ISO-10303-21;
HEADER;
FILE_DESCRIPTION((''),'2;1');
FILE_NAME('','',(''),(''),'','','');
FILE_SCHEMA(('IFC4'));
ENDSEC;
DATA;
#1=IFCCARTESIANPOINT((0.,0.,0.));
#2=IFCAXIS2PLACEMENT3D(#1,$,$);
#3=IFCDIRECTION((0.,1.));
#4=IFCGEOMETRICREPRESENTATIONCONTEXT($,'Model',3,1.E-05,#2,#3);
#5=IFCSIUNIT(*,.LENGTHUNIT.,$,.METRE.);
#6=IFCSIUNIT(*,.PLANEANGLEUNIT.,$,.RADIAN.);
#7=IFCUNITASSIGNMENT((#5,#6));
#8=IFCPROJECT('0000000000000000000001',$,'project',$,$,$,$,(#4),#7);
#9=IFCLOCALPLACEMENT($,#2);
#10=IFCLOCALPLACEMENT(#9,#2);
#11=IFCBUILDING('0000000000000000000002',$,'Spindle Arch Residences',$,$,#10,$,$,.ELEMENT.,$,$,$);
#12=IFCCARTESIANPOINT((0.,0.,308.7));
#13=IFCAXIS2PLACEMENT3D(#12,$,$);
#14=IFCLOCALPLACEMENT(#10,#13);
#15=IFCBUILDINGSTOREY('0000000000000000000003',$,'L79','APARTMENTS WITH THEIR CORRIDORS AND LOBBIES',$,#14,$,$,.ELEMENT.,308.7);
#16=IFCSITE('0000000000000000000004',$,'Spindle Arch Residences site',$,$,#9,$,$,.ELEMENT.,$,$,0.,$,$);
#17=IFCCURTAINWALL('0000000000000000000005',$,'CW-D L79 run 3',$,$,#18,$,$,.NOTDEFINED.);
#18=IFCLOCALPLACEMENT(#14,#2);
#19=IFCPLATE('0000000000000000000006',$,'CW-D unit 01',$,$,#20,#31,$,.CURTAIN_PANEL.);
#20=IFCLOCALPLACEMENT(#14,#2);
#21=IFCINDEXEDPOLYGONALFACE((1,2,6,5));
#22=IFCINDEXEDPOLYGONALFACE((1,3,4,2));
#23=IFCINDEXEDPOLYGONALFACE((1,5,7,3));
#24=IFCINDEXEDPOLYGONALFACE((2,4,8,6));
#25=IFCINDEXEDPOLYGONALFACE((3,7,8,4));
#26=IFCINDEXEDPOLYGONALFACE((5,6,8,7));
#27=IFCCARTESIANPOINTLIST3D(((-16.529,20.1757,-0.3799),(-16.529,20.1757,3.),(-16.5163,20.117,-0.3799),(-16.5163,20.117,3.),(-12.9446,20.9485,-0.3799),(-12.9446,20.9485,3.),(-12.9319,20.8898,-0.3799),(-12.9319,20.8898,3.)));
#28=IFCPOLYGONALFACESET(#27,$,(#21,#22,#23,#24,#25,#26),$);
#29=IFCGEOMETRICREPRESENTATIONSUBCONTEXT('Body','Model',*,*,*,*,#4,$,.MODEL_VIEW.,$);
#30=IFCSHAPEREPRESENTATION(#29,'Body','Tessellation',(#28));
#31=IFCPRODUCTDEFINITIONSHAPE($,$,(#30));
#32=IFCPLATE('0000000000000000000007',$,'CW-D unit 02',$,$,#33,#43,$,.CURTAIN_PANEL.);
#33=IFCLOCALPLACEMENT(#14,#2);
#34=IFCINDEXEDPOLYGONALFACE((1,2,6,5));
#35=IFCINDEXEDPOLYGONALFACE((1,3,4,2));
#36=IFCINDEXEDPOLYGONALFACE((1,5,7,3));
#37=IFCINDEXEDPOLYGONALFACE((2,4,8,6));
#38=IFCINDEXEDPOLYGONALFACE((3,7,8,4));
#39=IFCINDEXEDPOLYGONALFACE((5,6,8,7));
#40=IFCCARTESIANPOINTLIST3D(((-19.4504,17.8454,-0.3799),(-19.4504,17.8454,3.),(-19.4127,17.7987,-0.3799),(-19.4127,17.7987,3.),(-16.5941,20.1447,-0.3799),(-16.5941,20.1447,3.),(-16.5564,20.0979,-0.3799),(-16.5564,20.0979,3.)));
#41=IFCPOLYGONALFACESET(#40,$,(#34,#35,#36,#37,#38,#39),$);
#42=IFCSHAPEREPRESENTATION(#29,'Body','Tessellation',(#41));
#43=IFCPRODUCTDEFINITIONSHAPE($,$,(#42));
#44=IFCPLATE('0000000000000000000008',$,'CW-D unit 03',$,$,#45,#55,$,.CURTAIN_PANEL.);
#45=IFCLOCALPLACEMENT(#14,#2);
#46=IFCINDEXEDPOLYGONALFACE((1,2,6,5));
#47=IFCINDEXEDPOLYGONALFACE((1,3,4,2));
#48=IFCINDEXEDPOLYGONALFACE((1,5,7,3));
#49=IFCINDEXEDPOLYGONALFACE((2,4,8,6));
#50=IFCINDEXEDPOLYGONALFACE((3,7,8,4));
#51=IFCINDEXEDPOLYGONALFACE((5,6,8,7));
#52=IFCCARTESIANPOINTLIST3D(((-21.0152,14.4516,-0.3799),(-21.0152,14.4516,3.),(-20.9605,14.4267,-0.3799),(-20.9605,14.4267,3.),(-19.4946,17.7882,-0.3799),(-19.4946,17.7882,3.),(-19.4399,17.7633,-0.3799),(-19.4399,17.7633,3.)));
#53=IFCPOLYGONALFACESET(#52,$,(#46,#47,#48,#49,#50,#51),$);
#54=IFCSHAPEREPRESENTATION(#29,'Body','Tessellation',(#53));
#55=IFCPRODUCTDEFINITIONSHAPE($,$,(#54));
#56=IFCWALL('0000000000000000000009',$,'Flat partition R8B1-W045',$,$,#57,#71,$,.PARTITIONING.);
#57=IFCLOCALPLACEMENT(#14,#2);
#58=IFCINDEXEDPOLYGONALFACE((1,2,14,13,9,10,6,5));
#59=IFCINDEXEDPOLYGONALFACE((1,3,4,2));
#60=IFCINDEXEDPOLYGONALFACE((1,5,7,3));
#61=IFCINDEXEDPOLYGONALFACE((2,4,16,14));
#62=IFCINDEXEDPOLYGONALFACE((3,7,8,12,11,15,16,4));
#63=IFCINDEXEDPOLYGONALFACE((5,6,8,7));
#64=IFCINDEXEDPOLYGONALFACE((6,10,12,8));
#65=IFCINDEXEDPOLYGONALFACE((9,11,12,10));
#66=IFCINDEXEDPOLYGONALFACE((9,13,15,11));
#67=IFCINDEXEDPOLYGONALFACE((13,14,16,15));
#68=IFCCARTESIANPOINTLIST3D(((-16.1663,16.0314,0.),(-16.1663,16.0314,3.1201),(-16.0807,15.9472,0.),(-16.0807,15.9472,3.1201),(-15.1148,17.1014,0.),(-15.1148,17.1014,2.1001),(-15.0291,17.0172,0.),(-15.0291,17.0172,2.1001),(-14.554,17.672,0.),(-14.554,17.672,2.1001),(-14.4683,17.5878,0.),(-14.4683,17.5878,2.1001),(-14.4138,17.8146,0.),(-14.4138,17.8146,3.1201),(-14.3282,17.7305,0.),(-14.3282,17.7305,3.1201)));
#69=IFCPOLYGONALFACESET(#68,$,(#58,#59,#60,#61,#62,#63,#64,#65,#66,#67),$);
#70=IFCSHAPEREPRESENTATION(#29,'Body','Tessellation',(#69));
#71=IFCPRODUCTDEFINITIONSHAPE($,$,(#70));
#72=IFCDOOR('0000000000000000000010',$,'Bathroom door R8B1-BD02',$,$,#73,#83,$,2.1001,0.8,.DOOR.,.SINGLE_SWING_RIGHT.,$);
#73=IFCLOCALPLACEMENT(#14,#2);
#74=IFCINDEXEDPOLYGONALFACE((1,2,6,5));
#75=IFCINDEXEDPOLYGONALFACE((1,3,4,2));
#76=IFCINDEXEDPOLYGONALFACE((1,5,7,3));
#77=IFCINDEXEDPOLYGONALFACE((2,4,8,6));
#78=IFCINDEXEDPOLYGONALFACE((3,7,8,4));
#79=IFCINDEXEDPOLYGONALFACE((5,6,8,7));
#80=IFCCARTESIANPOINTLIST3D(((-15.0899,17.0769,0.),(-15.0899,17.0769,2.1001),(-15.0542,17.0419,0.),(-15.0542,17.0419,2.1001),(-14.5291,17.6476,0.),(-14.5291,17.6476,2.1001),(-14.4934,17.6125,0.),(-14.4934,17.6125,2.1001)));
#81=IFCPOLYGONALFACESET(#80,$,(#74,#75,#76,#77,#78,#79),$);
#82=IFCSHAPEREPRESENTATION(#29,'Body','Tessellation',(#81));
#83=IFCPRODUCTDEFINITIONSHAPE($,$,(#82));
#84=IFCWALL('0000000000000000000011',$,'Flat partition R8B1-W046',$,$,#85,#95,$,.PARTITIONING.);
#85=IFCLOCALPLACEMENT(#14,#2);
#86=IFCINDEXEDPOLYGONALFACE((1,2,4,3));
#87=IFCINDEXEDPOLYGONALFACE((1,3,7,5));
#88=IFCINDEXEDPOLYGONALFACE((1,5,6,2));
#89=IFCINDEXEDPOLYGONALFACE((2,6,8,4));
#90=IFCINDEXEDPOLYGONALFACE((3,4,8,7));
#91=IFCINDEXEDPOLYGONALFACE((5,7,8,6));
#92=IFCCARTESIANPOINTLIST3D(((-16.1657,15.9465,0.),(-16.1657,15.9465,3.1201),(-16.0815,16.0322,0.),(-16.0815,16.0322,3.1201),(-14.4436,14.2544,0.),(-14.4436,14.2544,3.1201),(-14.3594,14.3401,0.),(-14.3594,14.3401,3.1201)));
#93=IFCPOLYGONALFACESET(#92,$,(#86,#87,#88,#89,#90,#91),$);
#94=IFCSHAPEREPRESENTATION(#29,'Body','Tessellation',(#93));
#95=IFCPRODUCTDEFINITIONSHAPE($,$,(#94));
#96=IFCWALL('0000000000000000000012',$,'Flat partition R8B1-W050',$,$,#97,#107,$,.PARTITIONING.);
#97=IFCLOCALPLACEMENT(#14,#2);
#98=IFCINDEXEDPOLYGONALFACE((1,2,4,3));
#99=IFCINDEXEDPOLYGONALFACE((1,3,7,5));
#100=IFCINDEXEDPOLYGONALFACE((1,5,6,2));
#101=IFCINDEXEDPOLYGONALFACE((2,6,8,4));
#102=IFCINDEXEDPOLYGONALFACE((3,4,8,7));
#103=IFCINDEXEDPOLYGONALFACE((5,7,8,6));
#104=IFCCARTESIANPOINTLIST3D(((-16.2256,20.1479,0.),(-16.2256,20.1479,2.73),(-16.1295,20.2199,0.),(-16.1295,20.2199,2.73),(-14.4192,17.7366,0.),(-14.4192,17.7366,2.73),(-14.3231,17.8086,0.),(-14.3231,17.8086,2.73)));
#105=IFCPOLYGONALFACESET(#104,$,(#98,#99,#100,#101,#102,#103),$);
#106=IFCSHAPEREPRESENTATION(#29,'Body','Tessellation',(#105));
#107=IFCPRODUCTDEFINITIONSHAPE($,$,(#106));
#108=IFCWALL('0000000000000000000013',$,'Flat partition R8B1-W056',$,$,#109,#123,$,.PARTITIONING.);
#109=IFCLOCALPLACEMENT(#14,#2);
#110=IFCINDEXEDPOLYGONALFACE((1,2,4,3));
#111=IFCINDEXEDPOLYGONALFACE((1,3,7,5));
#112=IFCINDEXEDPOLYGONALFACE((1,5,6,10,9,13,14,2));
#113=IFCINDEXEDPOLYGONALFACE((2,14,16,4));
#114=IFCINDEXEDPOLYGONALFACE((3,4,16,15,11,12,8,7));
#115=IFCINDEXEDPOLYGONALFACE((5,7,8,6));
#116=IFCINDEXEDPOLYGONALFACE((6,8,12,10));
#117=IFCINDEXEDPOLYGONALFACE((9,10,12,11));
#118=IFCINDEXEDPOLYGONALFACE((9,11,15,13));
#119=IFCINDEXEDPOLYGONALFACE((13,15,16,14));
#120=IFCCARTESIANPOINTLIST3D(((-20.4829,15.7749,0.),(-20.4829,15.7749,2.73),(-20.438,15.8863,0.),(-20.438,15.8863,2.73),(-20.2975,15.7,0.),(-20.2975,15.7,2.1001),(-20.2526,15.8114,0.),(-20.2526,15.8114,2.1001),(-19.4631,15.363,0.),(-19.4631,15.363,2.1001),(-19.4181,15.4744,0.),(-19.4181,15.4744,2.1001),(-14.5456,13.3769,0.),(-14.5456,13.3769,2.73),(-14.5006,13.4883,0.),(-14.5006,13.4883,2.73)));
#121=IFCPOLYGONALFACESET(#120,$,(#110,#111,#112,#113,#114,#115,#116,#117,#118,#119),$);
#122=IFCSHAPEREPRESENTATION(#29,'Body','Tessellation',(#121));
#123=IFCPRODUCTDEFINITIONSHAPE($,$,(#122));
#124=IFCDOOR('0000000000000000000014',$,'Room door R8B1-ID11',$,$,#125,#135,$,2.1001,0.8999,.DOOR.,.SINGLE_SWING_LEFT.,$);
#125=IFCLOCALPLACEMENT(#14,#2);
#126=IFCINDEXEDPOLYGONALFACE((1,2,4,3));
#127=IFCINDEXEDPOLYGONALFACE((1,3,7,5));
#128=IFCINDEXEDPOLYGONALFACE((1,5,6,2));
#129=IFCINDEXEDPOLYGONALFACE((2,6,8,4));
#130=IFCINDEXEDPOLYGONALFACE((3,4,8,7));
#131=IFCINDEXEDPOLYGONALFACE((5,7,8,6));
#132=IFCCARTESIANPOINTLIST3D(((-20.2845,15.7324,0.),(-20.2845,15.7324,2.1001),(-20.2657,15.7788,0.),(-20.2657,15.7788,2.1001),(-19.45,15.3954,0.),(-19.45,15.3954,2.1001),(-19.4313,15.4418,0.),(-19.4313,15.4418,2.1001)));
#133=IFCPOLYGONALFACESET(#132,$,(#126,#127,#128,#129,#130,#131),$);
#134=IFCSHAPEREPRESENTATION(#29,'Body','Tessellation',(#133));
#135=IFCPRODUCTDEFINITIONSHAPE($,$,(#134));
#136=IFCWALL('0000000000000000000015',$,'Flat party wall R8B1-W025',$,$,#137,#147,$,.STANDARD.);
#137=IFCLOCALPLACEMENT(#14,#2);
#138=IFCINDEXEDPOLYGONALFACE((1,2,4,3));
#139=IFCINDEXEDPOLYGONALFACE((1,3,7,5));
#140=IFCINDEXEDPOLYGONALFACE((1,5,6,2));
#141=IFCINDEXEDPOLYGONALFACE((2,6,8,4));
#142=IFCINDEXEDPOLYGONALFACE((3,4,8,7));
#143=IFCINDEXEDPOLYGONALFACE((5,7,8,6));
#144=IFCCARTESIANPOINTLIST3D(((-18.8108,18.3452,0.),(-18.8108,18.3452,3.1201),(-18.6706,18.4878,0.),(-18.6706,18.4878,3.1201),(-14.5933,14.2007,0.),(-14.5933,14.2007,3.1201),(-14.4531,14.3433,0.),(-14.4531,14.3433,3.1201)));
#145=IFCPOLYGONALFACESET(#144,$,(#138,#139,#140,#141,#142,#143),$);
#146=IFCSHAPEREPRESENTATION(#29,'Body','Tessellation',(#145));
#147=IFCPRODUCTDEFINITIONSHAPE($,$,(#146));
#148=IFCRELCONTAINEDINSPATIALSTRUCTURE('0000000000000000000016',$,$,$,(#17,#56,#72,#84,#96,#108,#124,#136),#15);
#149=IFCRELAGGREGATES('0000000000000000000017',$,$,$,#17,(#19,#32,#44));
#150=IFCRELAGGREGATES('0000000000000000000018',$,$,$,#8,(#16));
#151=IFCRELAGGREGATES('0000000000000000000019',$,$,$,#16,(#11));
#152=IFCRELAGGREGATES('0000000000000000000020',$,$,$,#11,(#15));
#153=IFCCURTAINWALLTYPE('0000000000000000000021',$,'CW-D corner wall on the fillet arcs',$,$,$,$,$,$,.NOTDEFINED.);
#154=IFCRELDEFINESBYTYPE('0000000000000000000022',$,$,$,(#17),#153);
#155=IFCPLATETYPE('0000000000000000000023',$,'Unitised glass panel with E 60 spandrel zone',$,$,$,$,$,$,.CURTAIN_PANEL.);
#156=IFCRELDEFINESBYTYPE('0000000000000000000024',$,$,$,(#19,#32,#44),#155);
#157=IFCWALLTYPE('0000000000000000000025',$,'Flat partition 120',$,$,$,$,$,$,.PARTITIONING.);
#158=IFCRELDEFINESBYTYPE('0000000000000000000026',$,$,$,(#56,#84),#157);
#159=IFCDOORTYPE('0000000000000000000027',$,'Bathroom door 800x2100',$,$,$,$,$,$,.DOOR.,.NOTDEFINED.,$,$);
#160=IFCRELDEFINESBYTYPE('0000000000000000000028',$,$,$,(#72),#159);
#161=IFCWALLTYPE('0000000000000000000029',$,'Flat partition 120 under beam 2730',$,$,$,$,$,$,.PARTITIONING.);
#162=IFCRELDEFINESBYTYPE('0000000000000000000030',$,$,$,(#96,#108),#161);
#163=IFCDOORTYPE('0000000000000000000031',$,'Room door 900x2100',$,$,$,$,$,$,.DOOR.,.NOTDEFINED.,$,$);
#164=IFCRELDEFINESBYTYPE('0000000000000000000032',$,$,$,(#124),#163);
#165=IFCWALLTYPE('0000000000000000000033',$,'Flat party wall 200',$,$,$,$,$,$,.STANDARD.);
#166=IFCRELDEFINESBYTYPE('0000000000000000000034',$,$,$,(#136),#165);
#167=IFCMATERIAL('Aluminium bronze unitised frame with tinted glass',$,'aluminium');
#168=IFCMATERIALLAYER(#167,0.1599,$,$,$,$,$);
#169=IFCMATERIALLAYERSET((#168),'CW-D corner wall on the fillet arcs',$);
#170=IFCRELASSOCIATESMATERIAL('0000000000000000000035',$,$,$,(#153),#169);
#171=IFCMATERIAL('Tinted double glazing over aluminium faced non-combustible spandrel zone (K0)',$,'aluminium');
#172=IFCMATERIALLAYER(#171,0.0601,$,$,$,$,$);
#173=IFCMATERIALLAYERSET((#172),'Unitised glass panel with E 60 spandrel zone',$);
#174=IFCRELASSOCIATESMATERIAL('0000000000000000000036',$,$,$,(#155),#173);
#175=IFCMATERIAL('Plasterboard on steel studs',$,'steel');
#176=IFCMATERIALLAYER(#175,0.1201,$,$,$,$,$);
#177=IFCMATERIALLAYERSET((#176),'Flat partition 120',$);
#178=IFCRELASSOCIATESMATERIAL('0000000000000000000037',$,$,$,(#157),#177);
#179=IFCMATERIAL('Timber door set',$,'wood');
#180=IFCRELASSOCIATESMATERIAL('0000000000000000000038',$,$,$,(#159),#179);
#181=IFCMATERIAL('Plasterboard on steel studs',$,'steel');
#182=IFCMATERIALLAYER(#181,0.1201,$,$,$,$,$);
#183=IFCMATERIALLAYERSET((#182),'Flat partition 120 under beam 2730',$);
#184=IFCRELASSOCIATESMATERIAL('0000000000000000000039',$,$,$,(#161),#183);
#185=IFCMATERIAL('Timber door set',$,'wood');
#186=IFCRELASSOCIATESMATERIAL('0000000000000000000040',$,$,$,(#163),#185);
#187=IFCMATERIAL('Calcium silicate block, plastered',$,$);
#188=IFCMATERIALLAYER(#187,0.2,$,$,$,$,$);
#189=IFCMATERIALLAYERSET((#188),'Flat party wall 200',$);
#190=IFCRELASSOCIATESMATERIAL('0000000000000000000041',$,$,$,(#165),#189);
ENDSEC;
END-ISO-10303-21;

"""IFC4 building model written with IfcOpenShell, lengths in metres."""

from ifc_helpers import new_model, si_unit, direction, frame, frame_2d, origin, origin_2d, place, context, subcontext, project, spatial, rectangle, extrude, material, layer, layer_set, type_object, element, fill, aggregate, save


model = new_model("IFC4")

# Units and contexts
model_context = context("Model", 3, precision=1e-05, world=origin(), true_north=direction((0.0, 1.0)))
body_context = subcontext(model_context, "Body", "Model", "MODEL_VIEW")
ifc_project = project(units=[si_unit("LENGTHUNIT", "METRE"), si_unit("PLANEANGLEUNIT", "RADIAN")], contexts=[model_context])

# Site, building, storey
site_placement = place(None, origin())
site = spatial("IfcSite", under=ifc_project, at=site_placement, Name="Spindle Arch Residences site", CompositionType="ELEMENT", RefElevation=0.0)
building_placement = place(site_placement, origin())
building = spatial("IfcBuilding", under=site, at=building_placement, Name="Spindle Arch Residences", CompositionType="ELEMENT")
storey_placement = place(building_placement, frame((0.0, 0.0, 308.7)))
storey = spatial("IfcBuildingStorey", under=building, at=storey_placement, Name="L79", Description="APARTMENTS WITH THEIR CORRIDORS AND LOBBIES", CompositionType="ELEMENT", Elevation=308.7)

# Curtain wall
ifc_material_1 = material(Name="Aluminium bronze unitised frame with tinted glass", Category="aluminium")
ifc_layer_1 = layer(ifc_material_1, 0.1599)
ifc_layer_set_1 = layer_set([ifc_layer_1], Name="CW-D corner wall on the fillet arcs")
curtain_wall_type = type_object("IfcCurtainWallType", Name="CW-D corner wall on the fillet arcs", PredefinedType="NOTDEFINED", material=ifc_layer_set_1)
curtain_wall_placement = place(storey_placement, origin())
curtain_wall = element("IfcCurtainWall", 1, at=curtain_wall_placement, inside=storey, type_object=curtain_wall_type, Name="CW-D L79 run 3", PredefinedType="NOTDEFINED")

# Plates
ifc_material_2 = material(Name="Tinted double glazing over aluminium faced non-combustible spandrel zone (K0)", Category="aluminium")
ifc_layer_2 = layer(ifc_material_2, 0.0601)
ifc_layer_set_2 = layer_set([ifc_layer_2], Name="Unitised glass panel with E 60 spandrel zone")
plate_type = type_object("IfcPlateType", Name="Unitised glass panel with E 60 spandrel zone", PredefinedType="CURTAIN_PANEL", material=ifc_layer_set_2)
plate_1_placement = place(storey_placement, frame((-14.7305, 20.5327, -0.3799), z_axis=(0.0, 0.0, 1.0), x_axis=(-0.977539, -0.210756, 0.0)))
plate_1 = element("IfcPlate", 2, at=plate_1_placement, type_object=plate_type, Name="CW-D unit 01", PredefinedType="CURTAIN_PANEL", context=body_context, shape_type="SweptSolid", body=[
    extrude(rectangle(XDim=3.6667, YDim=0.0601, at=origin_2d()), origin(), (0.0, 0.0, 1.0), 3.3799),
])
plate_2_placement = place(storey_placement, frame((-18.0034, 18.9717, -0.3799), z_axis=(0.0, 0.0, 1.0), x_axis=(-0.778973, -0.627057, 0.0)))
plate_2 = element("IfcPlate", 3, at=plate_2_placement, type_object=plate_type, Name="CW-D unit 02", PredefinedType="CURTAIN_PANEL", context=body_context, shape_type="SweptSolid", body=[
    extrude(rectangle(XDim=3.6667, YDim=0.0601, at=origin_2d()), origin(), (0.0, 0.0, 1.0), 3.3799),
])
plate_3_placement = place(storey_placement, frame((-20.2275, 16.1074, -0.3799), z_axis=(0.0, 0.0, 1.0), x_axis=(-0.414693, -0.909961, 0.0)))
plate_3 = element("IfcPlate", 4, at=plate_3_placement, type_object=plate_type, Name="CW-D unit 03", PredefinedType="CURTAIN_PANEL", context=body_context, shape_type="SweptSolid", body=[
    extrude(rectangle(XDim=3.6667, YDim=0.0601, at=origin_2d()), origin(), (0.0, 0.0, 1.0), 3.3799),
])
aggregate(curtain_wall, [plate_1, plate_2, plate_3])

# Wall, opening, door
ifc_material_3 = material(Name="Plasterboard on steel studs", Category="steel")
ifc_layer_3 = layer(ifc_material_3, 0.1201)
ifc_layer_set_3 = layer_set([ifc_layer_3], Name="Flat partition 120")
wall_type_1 = type_object("IfcWallType", Name="Flat partition 120", PredefinedType="PARTITIONING", material=ifc_layer_set_3)
wall_1_placement = place(storey_placement, frame((-14.3711, 17.7725, 0.0), z_axis=(0.0, 0.0, 1.0), x_axis=(-0.700928, -0.713232, 0.0)))
wall_1 = element("IfcWall", 5, at=wall_1_placement, inside=storey, type_object=wall_type_1, Name="Flat partition R8B1-W045", PredefinedType="PARTITIONING", context=body_context, shape_type="SweptSolid", body=[
    extrude(rectangle(XDim=2.5002, YDim=0.1201, at=frame_2d((1.25, 0.0))), origin(), (0.0, 0.0, 1.0), 3.1201),
])
opening_1_placement = place(wall_1_placement, frame((0.2, 0.0, 0.0)))
opening_1 = element("IfcOpeningElement", 6, at=opening_1_placement, cuts=wall_1, PredefinedType="OPENING", context=body_context, shape_type="SweptSolid", body=[
    extrude(rectangle(XDim=0.8, YDim=2.1001, at=frame_2d((0.3999, 1.05))), frame((0.0, 0.0701, 0.0), z_axis=(0.0, -1.0, 0.0), x_axis=(1.0, 0.0, 0.0)), (0.0, 0.0, 1.0), 0.1401),
])
ifc_material_4 = material(Name="Timber door set", Category="wood")
door_type_1 = type_object("IfcDoorType", Name="Bathroom door 800x2100", OperationType="NOTDEFINED", PredefinedType="DOOR", material=ifc_material_4)
door_1_placement = place(opening_1_placement, origin())
door_1 = element("IfcDoor", 7, at=door_1_placement, inside=storey, type_object=door_type_1, Name="Bathroom door R8B1-BD02", OperationType="SINGLE_SWING_RIGHT", OverallHeight=2.1001, OverallWidth=0.8, PredefinedType="DOOR", context=body_context, shape_type="SweptSolid", body=[
    extrude(rectangle(XDim=0.8, YDim=2.1001, at=frame_2d((0.3999, 1.05))), frame((0.0, 0.0249, 0.0), z_axis=(0.0, -1.0, 0.0), x_axis=(1.0, 0.0, 0.0)), (0.0, 0.0, 1.0), 0.05),
])
fill(opening_1, door_1)

# Walls
wall_2_placement = place(storey_placement, frame((-16.1235, 15.9893, 0.0), z_axis=(0.0, 0.0, 1.0), x_axis=(0.713298, -0.700861, 0.0)))
element("IfcWall", 8, at=wall_2_placement, inside=storey, type_object=wall_type_1, Name="Flat partition R8B1-W046", PredefinedType="PARTITIONING", context=body_context, shape_type="SweptSolid", body=[
    extrude(rectangle(XDim=2.4143, YDim=0.1201, at=frame_2d((1.207, 0.0))), origin(), (0.0, 0.0, 1.0), 3.1201),
])
ifc_material_5 = material(Name="Plasterboard on steel studs", Category="steel")
ifc_layer_4 = layer(ifc_material_5, 0.1201)
ifc_layer_set_4 = layer_set([ifc_layer_4], Name="Flat partition 120 under beam 2730")
wall_type_2 = type_object("IfcWallType", Name="Flat partition 120 under beam 2730", PredefinedType="PARTITIONING", material=ifc_layer_set_4)
wall_3_placement = place(storey_placement, frame((-16.1775, 20.1838, 0.0), z_axis=(0.0, 0.0, 1.0), x_axis=(0.599546, -0.80034, 0.0)))
element("IfcWall", 9, at=wall_3_placement, inside=storey, type_object=wall_type_2, Name="Flat partition R8B1-W050", PredefinedType="PARTITIONING", context=body_context, shape_type="SweptSolid", body=[
    extrude(rectangle(XDim=3.0129, YDim=0.1201, at=frame_2d((1.5063, 0.0))), origin(), (0.0, 0.0, 1.0), 2.73),
])

# Wall, opening, door
wall_4_placement = place(storey_placement, frame((-20.4604, 15.8306, 0.0), z_axis=(0.0, 0.0, 1.0), x_axis=(0.92723, -0.374491, 0.0)))
wall_4 = element("IfcWall", 10, at=wall_4_placement, inside=storey, type_object=wall_type_2, Name="Flat partition R8B1-W056", PredefinedType="PARTITIONING", context=body_context, shape_type="SweptSolid", body=[
    extrude(rectangle(XDim=6.4033, YDim=0.1201, at=frame_2d((3.2017, 0.0))), origin(), (0.0, 0.0, 1.0), 2.73),
])
opening_2_placement = place(wall_4_placement, frame((0.2, 0.0, 0.0)))
opening_2 = element("IfcOpeningElement", 11, at=opening_2_placement, cuts=wall_4, PredefinedType="OPENING", context=body_context, shape_type="SweptSolid", body=[
    extrude(rectangle(XDim=0.8999, YDim=2.1001, at=frame_2d((0.45, 1.05))), frame((0.0, 0.0701, 0.0), z_axis=(0.0, -1.0, 0.0), x_axis=(1.0, 0.0, 0.0)), (0.0, 0.0, 1.0), 0.1401),
])
ifc_material_6 = material(Name="Timber door set", Category="wood")
door_type_2 = type_object("IfcDoorType", Name="Room door 900x2100", OperationType="NOTDEFINED", PredefinedType="DOOR", material=ifc_material_6)
door_2_placement = place(opening_2_placement, origin())
door_2 = element("IfcDoor", 12, at=door_2_placement, inside=storey, type_object=door_type_2, Name="Room door R8B1-ID11", OperationType="SINGLE_SWING_LEFT", OverallHeight=2.1001, OverallWidth=0.8999, PredefinedType="DOOR", context=body_context, shape_type="SweptSolid", body=[
    extrude(rectangle(XDim=0.8999, YDim=2.1001, at=frame_2d((0.45, 1.05))), frame((0.0, 0.0249, 0.0), z_axis=(0.0, -1.0, 0.0), x_axis=(1.0, 0.0, 0.0)), (0.0, 0.0, 1.0), 0.05),
])
fill(opening_2, door_2)

# Wall
ifc_material_7 = material(Name="Calcium silicate block, plastered")
ifc_layer_5 = layer(ifc_material_7, 0.2)
ifc_layer_set_5 = layer_set([ifc_layer_5], Name="Flat party wall 200")
wall_type_3 = type_object("IfcWallType", Name="Flat party wall 200", PredefinedType="STANDARD", material=ifc_layer_set_5)
wall_5_placement = place(storey_placement, frame((-18.7407, 18.4165, 0.0), z_axis=(0.0, 0.0, 1.0), x_axis=(0.713252, -0.700907, 0.0)))
element("IfcWall", 13, at=wall_5_placement, inside=storey, type_object=wall_type_3, Name="Flat party wall R8B1-W025", PredefinedType="STANDARD", context=body_context, shape_type="SweptSolid", body=[
    extrude(rectangle(XDim=5.9131, YDim=0.2, at=frame_2d((2.9565, 0.0))), origin(), (0.0, 0.0, 1.0), 3.1201),
])

save(model, "model.ifc")
